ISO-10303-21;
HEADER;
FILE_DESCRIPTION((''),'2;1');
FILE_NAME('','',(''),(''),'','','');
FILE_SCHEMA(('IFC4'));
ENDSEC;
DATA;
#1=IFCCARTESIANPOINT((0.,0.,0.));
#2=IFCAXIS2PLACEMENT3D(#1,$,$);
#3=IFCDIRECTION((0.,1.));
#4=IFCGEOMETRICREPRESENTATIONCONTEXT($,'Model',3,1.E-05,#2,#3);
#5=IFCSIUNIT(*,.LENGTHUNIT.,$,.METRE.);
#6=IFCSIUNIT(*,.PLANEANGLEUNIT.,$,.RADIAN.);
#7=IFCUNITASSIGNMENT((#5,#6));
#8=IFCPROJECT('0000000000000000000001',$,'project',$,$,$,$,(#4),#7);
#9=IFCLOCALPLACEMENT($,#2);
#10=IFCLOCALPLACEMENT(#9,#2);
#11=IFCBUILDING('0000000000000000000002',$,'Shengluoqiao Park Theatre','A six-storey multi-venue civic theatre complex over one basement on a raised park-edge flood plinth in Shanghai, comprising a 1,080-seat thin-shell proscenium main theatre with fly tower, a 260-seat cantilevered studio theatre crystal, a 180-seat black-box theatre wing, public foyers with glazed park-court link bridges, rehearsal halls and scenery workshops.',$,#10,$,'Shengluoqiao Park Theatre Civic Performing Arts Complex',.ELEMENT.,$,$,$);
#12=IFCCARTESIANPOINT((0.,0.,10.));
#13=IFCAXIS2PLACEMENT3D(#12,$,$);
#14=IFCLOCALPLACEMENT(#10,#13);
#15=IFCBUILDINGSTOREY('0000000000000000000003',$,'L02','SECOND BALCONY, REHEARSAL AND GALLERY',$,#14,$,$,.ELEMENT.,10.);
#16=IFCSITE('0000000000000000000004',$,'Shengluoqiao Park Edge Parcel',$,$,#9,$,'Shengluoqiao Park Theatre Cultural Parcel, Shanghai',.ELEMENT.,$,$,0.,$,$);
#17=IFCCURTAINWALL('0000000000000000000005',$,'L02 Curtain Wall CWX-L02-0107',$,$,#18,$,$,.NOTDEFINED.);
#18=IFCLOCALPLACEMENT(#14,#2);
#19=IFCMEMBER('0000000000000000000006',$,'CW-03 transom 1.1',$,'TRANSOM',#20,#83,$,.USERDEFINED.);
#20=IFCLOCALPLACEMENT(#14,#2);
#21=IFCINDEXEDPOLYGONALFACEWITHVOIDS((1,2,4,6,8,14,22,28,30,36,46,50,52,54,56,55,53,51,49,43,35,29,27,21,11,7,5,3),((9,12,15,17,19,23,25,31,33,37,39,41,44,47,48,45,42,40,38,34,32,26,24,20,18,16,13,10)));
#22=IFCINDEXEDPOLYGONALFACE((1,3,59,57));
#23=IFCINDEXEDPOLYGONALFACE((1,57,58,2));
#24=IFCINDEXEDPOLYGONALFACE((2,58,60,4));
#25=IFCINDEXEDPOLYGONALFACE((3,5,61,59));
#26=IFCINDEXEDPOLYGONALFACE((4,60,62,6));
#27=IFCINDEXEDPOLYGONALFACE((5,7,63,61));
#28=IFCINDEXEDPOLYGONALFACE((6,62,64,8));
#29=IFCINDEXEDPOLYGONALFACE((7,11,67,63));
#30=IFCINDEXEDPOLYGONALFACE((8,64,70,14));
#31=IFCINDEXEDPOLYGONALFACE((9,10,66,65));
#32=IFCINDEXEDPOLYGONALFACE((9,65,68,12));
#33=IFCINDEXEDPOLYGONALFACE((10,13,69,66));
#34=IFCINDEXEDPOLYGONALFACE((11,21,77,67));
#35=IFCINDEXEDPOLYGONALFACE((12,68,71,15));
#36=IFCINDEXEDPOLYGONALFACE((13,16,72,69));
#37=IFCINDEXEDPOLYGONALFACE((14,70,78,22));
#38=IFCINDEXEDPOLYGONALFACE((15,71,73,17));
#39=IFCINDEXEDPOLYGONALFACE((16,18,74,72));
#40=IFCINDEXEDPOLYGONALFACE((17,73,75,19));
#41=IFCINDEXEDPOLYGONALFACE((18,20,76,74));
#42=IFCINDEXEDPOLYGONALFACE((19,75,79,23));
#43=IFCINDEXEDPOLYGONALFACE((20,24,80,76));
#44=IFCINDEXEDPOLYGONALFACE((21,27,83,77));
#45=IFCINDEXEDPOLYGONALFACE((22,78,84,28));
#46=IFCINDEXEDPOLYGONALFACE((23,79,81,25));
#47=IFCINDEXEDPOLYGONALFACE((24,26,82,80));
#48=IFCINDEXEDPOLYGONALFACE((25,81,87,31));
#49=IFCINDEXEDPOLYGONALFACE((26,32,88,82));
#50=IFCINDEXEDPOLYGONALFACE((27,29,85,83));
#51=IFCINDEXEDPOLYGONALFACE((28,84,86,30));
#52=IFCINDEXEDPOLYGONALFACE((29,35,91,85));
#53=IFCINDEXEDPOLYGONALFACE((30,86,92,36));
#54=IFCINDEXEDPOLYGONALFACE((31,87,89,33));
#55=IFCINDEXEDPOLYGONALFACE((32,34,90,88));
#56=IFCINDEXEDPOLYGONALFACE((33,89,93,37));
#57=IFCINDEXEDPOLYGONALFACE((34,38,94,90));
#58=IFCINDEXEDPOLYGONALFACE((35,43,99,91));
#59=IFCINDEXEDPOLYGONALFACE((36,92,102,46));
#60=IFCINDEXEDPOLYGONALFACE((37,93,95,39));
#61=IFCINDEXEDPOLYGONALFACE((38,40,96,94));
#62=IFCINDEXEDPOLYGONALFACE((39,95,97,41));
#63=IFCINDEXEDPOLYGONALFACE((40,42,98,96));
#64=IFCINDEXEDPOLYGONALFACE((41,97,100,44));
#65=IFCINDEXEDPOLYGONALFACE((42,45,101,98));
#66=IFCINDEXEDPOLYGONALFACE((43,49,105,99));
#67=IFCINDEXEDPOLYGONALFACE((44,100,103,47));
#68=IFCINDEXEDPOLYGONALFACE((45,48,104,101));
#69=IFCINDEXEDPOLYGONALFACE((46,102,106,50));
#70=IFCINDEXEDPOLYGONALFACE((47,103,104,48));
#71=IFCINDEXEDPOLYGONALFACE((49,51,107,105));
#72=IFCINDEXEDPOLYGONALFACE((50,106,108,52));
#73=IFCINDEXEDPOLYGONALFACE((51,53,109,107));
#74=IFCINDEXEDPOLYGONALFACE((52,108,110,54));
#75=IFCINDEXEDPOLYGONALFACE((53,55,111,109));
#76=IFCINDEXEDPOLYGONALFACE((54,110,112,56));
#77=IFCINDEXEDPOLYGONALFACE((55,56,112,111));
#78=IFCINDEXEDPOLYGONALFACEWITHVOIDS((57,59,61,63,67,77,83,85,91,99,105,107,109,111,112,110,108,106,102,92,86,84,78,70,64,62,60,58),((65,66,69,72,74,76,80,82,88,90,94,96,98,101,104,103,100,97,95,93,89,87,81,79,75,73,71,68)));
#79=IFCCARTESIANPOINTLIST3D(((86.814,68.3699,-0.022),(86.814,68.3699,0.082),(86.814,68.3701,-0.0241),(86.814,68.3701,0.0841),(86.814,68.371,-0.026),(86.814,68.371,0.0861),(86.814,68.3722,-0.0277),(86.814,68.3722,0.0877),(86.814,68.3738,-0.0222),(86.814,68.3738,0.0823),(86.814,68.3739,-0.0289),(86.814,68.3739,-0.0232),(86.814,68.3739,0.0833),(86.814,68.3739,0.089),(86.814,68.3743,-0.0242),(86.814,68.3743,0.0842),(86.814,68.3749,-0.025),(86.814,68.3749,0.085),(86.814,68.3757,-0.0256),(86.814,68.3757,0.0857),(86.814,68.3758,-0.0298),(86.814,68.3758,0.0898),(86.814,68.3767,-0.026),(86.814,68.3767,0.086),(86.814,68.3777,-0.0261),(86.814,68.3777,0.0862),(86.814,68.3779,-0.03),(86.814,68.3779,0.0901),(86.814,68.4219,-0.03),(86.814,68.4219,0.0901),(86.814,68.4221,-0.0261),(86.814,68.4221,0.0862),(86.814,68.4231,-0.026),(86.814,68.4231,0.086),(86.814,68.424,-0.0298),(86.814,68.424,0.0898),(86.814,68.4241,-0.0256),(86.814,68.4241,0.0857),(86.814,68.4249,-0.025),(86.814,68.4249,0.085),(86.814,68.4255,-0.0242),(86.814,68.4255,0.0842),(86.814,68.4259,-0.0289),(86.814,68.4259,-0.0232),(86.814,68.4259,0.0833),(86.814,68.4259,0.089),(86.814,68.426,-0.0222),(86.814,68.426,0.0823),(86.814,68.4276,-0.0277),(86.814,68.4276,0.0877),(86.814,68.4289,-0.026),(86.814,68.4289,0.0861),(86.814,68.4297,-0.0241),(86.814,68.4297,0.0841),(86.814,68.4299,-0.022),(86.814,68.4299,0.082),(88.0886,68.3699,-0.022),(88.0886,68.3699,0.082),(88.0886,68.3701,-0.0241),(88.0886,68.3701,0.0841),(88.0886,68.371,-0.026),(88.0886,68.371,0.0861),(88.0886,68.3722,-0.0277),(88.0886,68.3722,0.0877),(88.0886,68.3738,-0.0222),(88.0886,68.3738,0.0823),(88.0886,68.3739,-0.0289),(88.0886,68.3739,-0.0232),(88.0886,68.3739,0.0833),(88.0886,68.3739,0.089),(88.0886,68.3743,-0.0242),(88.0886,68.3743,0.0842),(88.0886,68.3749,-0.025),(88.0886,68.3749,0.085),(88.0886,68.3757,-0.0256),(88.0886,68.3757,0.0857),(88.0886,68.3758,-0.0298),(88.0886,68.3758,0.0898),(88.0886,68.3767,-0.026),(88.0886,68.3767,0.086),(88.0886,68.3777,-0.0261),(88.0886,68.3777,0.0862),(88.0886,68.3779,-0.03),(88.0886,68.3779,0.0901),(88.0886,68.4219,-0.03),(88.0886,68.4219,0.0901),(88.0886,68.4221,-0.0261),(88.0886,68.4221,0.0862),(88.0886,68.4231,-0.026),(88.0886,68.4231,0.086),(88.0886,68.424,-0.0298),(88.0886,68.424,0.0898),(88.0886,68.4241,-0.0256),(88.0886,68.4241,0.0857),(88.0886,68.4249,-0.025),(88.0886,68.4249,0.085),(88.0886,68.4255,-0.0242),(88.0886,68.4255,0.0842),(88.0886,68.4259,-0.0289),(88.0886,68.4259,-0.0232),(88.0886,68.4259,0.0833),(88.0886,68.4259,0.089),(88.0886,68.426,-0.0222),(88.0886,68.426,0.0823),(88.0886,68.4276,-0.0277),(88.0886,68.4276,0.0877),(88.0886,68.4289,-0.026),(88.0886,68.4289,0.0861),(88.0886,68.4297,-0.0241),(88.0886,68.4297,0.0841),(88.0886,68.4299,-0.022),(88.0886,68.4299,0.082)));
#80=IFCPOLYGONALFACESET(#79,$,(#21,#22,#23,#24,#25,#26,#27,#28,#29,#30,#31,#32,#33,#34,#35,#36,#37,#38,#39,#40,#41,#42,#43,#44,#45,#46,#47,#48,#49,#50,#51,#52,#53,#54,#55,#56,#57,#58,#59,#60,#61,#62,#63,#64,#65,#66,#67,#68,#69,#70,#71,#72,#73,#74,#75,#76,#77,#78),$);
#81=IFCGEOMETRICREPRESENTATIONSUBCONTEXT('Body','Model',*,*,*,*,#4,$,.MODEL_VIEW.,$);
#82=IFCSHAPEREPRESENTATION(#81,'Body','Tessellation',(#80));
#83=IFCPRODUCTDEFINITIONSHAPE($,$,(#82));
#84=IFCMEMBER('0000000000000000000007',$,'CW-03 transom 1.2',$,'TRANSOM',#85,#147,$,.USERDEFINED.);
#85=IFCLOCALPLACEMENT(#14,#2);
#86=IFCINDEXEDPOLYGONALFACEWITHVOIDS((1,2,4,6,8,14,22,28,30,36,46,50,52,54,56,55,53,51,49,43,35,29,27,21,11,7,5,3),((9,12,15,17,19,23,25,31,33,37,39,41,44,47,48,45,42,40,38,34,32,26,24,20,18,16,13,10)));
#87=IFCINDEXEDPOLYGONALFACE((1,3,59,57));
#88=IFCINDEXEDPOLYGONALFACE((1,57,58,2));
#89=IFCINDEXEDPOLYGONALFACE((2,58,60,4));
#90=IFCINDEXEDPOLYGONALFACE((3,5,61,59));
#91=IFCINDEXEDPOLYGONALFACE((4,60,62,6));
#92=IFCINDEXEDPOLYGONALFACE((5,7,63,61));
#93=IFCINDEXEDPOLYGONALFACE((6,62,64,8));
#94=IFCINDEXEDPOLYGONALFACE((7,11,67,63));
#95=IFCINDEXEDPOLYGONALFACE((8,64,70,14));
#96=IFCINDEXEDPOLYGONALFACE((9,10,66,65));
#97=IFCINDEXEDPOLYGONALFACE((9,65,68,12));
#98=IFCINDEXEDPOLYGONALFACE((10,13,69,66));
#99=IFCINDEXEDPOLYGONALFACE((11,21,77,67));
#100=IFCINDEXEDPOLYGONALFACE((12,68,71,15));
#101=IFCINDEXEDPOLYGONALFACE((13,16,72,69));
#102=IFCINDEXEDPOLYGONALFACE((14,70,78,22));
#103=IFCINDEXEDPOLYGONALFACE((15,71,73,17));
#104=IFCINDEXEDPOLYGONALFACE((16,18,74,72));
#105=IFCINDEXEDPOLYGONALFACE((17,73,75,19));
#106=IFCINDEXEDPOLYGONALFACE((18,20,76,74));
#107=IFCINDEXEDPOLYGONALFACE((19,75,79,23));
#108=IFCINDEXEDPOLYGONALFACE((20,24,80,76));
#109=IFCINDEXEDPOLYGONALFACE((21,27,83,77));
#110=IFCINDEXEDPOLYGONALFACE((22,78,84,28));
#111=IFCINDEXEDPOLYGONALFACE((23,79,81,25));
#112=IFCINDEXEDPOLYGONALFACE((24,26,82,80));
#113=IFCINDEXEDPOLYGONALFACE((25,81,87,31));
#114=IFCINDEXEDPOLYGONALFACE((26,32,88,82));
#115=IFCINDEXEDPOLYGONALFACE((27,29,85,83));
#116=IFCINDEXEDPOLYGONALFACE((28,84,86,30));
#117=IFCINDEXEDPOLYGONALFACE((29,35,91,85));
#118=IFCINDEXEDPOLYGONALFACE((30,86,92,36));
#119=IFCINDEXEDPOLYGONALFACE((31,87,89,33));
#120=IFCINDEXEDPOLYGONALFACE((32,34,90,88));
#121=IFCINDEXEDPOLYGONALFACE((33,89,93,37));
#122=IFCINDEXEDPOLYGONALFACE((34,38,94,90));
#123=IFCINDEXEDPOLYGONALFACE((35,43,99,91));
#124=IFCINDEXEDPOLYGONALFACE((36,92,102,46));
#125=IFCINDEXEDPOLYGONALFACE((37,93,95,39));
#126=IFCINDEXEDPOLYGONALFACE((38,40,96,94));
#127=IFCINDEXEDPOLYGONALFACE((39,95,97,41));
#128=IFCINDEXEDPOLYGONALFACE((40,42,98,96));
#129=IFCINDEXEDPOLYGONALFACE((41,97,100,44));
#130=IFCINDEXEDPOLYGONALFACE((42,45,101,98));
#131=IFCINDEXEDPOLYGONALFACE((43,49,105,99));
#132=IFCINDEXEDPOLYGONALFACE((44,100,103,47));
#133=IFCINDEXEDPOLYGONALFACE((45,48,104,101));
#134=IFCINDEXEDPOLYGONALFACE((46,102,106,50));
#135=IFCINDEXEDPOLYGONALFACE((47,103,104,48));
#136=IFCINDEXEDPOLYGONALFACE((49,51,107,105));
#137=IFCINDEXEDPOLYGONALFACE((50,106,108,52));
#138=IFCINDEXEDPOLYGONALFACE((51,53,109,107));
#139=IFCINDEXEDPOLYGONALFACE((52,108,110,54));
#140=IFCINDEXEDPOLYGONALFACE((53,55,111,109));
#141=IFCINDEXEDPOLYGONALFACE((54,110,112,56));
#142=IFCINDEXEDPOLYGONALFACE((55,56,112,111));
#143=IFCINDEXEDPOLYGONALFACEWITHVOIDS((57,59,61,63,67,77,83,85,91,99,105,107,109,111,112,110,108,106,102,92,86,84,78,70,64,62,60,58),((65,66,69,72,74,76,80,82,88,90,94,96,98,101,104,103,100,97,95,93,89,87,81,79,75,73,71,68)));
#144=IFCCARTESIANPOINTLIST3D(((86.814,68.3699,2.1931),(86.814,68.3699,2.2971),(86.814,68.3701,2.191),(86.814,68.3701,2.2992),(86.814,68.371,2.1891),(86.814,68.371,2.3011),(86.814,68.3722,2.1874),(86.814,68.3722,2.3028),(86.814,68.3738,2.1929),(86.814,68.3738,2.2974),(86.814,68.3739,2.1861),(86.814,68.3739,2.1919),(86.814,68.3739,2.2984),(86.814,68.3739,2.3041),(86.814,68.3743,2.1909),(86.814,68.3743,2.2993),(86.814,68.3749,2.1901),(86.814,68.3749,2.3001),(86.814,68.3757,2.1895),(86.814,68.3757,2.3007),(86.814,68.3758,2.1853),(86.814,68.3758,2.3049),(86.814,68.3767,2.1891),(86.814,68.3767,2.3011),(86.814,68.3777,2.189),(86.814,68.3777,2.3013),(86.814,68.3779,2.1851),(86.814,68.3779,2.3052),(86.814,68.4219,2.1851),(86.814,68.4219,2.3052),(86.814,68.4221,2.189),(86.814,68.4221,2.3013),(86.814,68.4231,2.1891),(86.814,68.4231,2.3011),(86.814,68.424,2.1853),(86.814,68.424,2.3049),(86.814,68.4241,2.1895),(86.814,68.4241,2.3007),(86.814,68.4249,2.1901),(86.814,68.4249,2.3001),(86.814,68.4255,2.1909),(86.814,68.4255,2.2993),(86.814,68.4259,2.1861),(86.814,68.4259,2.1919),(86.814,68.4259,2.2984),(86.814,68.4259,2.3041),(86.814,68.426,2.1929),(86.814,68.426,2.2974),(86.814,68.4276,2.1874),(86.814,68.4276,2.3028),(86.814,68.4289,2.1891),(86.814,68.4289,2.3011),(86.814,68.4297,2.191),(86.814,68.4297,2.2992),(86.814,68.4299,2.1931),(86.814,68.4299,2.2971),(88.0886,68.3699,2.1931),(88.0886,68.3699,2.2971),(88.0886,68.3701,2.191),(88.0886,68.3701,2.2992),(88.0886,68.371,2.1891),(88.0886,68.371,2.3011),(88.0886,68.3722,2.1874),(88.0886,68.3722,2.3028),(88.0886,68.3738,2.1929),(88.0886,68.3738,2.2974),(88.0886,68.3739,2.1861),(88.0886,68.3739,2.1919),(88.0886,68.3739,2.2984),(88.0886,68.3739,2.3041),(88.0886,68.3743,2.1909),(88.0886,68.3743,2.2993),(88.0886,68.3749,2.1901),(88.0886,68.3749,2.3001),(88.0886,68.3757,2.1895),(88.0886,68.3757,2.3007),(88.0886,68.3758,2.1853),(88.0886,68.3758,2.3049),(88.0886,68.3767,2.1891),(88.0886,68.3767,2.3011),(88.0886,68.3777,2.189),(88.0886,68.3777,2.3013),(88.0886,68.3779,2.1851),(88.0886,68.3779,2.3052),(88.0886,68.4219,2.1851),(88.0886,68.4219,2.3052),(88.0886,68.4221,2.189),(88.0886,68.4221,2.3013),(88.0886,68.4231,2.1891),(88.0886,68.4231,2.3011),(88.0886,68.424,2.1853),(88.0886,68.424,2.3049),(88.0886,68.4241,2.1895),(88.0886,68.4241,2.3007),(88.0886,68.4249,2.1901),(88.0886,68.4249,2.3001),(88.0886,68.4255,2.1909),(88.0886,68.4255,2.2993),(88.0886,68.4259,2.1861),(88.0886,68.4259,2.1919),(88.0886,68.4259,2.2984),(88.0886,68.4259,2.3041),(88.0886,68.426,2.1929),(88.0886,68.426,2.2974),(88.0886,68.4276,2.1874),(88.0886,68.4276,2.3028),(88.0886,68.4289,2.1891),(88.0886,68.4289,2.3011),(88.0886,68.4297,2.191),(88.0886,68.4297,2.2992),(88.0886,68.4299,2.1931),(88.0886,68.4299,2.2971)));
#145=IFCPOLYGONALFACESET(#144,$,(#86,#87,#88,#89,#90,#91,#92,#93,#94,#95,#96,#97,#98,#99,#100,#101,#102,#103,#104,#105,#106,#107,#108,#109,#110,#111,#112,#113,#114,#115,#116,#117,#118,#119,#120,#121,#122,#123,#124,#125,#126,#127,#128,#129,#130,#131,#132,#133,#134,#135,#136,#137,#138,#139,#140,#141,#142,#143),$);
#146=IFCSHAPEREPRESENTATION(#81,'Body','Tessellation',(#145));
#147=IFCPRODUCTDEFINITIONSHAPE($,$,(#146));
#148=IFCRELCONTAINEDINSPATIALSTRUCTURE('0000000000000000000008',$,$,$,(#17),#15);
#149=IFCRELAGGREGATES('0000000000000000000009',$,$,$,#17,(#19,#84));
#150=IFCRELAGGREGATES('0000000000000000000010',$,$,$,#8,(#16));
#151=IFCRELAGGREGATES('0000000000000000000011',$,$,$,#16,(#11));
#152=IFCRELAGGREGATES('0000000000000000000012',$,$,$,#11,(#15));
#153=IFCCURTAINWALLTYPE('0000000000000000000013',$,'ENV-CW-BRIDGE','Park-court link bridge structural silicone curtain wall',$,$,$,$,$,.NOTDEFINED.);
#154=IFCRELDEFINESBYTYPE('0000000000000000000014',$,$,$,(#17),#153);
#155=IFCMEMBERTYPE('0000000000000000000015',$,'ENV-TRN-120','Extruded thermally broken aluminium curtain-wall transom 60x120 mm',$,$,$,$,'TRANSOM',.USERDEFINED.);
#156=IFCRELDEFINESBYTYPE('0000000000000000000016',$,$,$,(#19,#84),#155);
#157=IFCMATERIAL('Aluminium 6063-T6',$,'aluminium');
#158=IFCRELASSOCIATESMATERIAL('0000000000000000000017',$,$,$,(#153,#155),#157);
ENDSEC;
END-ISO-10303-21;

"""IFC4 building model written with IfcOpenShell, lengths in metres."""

from ifc_helpers import new_model, si_unit, direction, frame, origin, origin_2d, place, context, subcontext, project, spatial, hollow_rectangle, extrude, material, material_profile, profile_set, type_object, element, aggregate, save


model = new_model("IFC4")

# Units and contexts
model_context = context("Model", 3, precision=1e-05, world=origin(), true_north=direction((0.0, 1.0)))
body_context = subcontext(model_context, "Body", "Model", "MODEL_VIEW")
ifc_project = project(units=[si_unit("LENGTHUNIT", "METRE"), si_unit("PLANEANGLEUNIT", "RADIAN")], contexts=[model_context])

# Site, building, storey
site_placement = place(None, origin())
site = spatial("IfcSite", under=ifc_project, at=site_placement, Name="Shengluoqiao Park Edge Parcel", LongName="Shengluoqiao Park Theatre Cultural Parcel, Shanghai", CompositionType="ELEMENT", RefElevation=0.0)
building_placement = place(site_placement, origin())
building = spatial("IfcBuilding", under=site, at=building_placement, Name="Shengluoqiao Park Theatre", Description="A six-storey multi-venue civic theatre complex over one basement on a raised park-edge flood plinth in Shanghai, comprising a 1,080-seat thin-shell proscenium main theatre with fly tower, a 260-seat cantilevered studio theatre crystal, a 180-seat black-box theatre wing, public foyers with glazed park-court link bridges, rehearsal halls and scenery workshops.", LongName="Shengluoqiao Park Theatre Civic Performing Arts Complex", CompositionType="ELEMENT")
storey_placement = place(building_placement, frame((0.0, 0.0, 10.0)))
storey = spatial("IfcBuildingStorey", under=building, at=storey_placement, Name="L02", Description="SECOND BALCONY, REHEARSAL AND GALLERY", CompositionType="ELEMENT", Elevation=10.0)

# Curtain wall
ifc_material_1 = material(Name="Aluminium 6063-T6", Category="aluminium")
curtain_wall_type_1 = type_object("IfcCurtainWallType", Name="ENV-CW-BRIDGE", Description="Park-court link bridge structural silicone curtain wall", PredefinedType="NOTDEFINED", material=ifc_material_1)
curtain_wall_1_placement = place(storey_placement, origin())
curtain_wall_1 = element("IfcCurtainWall", 1, at=curtain_wall_1_placement, inside=storey, type_object=curtain_wall_type_1, Name="L02 Curtain Wall CWX-L02-0107", PredefinedType="NOTDEFINED")

# Members
ifc_material_profile_1 = material_profile(ifc_material_1, hollow_rectangle(XDim=0.0601, YDim=0.1201, WallThickness=0.0039, InnerFilletRadius=0.0039, OuterFilletRadius=0.0081, at=origin_2d()), Name="ALU TRANSOM 120x60x4")
ifc_profile_set_1 = profile_set([ifc_material_profile_1], Name="Aluminium 6063-T6")
member_type_1 = type_object("IfcMemberType", Name="ENV-TRN-120", Description="Extruded thermally broken aluminium curtain-wall transom 60x120 mm", ElementType="TRANSOM", PredefinedType="USERDEFINED", material=ifc_profile_set_1)
member_1_placement = place(storey_placement, frame((86.814, 68.3999, 0.03), z_axis=(1.0, 0.0, 0.0), x_axis=(0.0, 1.0, 0.0)))
member_1 = element("IfcMember", 2, at=member_1_placement, type_object=member_type_1, Name="CW-03 transom 1.1", ObjectType="TRANSOM", PredefinedType="USERDEFINED", context=body_context, shape_type="SweptSolid", body=[
    extrude(hollow_rectangle(XDim=0.0601, YDim=0.1201, WallThickness=0.0039, InnerFilletRadius=0.0039, OuterFilletRadius=0.0081, at=origin_2d()), origin(), (0.0, 0.0, 1.0), 1.2747),
])
member_2_placement = place(storey_placement, frame((86.814, 68.3999, 2.2451), z_axis=(1.0, 0.0, 0.0), x_axis=(0.0, 1.0, 0.0)))
member_2 = element("IfcMember", 3, at=member_2_placement, type_object=member_type_1, Name="CW-03 transom 1.2", ObjectType="TRANSOM", PredefinedType="USERDEFINED", context=body_context, shape_type="SweptSolid", body=[
    extrude(hollow_rectangle(XDim=0.0601, YDim=0.1201, WallThickness=0.0039, InnerFilletRadius=0.0039, OuterFilletRadius=0.0081, at=origin_2d()), origin(), (0.0, 0.0, 1.0), 1.2747),
])

aggregate(curtain_wall_1, [member_1, member_2])

save(model, "model.ifc")
